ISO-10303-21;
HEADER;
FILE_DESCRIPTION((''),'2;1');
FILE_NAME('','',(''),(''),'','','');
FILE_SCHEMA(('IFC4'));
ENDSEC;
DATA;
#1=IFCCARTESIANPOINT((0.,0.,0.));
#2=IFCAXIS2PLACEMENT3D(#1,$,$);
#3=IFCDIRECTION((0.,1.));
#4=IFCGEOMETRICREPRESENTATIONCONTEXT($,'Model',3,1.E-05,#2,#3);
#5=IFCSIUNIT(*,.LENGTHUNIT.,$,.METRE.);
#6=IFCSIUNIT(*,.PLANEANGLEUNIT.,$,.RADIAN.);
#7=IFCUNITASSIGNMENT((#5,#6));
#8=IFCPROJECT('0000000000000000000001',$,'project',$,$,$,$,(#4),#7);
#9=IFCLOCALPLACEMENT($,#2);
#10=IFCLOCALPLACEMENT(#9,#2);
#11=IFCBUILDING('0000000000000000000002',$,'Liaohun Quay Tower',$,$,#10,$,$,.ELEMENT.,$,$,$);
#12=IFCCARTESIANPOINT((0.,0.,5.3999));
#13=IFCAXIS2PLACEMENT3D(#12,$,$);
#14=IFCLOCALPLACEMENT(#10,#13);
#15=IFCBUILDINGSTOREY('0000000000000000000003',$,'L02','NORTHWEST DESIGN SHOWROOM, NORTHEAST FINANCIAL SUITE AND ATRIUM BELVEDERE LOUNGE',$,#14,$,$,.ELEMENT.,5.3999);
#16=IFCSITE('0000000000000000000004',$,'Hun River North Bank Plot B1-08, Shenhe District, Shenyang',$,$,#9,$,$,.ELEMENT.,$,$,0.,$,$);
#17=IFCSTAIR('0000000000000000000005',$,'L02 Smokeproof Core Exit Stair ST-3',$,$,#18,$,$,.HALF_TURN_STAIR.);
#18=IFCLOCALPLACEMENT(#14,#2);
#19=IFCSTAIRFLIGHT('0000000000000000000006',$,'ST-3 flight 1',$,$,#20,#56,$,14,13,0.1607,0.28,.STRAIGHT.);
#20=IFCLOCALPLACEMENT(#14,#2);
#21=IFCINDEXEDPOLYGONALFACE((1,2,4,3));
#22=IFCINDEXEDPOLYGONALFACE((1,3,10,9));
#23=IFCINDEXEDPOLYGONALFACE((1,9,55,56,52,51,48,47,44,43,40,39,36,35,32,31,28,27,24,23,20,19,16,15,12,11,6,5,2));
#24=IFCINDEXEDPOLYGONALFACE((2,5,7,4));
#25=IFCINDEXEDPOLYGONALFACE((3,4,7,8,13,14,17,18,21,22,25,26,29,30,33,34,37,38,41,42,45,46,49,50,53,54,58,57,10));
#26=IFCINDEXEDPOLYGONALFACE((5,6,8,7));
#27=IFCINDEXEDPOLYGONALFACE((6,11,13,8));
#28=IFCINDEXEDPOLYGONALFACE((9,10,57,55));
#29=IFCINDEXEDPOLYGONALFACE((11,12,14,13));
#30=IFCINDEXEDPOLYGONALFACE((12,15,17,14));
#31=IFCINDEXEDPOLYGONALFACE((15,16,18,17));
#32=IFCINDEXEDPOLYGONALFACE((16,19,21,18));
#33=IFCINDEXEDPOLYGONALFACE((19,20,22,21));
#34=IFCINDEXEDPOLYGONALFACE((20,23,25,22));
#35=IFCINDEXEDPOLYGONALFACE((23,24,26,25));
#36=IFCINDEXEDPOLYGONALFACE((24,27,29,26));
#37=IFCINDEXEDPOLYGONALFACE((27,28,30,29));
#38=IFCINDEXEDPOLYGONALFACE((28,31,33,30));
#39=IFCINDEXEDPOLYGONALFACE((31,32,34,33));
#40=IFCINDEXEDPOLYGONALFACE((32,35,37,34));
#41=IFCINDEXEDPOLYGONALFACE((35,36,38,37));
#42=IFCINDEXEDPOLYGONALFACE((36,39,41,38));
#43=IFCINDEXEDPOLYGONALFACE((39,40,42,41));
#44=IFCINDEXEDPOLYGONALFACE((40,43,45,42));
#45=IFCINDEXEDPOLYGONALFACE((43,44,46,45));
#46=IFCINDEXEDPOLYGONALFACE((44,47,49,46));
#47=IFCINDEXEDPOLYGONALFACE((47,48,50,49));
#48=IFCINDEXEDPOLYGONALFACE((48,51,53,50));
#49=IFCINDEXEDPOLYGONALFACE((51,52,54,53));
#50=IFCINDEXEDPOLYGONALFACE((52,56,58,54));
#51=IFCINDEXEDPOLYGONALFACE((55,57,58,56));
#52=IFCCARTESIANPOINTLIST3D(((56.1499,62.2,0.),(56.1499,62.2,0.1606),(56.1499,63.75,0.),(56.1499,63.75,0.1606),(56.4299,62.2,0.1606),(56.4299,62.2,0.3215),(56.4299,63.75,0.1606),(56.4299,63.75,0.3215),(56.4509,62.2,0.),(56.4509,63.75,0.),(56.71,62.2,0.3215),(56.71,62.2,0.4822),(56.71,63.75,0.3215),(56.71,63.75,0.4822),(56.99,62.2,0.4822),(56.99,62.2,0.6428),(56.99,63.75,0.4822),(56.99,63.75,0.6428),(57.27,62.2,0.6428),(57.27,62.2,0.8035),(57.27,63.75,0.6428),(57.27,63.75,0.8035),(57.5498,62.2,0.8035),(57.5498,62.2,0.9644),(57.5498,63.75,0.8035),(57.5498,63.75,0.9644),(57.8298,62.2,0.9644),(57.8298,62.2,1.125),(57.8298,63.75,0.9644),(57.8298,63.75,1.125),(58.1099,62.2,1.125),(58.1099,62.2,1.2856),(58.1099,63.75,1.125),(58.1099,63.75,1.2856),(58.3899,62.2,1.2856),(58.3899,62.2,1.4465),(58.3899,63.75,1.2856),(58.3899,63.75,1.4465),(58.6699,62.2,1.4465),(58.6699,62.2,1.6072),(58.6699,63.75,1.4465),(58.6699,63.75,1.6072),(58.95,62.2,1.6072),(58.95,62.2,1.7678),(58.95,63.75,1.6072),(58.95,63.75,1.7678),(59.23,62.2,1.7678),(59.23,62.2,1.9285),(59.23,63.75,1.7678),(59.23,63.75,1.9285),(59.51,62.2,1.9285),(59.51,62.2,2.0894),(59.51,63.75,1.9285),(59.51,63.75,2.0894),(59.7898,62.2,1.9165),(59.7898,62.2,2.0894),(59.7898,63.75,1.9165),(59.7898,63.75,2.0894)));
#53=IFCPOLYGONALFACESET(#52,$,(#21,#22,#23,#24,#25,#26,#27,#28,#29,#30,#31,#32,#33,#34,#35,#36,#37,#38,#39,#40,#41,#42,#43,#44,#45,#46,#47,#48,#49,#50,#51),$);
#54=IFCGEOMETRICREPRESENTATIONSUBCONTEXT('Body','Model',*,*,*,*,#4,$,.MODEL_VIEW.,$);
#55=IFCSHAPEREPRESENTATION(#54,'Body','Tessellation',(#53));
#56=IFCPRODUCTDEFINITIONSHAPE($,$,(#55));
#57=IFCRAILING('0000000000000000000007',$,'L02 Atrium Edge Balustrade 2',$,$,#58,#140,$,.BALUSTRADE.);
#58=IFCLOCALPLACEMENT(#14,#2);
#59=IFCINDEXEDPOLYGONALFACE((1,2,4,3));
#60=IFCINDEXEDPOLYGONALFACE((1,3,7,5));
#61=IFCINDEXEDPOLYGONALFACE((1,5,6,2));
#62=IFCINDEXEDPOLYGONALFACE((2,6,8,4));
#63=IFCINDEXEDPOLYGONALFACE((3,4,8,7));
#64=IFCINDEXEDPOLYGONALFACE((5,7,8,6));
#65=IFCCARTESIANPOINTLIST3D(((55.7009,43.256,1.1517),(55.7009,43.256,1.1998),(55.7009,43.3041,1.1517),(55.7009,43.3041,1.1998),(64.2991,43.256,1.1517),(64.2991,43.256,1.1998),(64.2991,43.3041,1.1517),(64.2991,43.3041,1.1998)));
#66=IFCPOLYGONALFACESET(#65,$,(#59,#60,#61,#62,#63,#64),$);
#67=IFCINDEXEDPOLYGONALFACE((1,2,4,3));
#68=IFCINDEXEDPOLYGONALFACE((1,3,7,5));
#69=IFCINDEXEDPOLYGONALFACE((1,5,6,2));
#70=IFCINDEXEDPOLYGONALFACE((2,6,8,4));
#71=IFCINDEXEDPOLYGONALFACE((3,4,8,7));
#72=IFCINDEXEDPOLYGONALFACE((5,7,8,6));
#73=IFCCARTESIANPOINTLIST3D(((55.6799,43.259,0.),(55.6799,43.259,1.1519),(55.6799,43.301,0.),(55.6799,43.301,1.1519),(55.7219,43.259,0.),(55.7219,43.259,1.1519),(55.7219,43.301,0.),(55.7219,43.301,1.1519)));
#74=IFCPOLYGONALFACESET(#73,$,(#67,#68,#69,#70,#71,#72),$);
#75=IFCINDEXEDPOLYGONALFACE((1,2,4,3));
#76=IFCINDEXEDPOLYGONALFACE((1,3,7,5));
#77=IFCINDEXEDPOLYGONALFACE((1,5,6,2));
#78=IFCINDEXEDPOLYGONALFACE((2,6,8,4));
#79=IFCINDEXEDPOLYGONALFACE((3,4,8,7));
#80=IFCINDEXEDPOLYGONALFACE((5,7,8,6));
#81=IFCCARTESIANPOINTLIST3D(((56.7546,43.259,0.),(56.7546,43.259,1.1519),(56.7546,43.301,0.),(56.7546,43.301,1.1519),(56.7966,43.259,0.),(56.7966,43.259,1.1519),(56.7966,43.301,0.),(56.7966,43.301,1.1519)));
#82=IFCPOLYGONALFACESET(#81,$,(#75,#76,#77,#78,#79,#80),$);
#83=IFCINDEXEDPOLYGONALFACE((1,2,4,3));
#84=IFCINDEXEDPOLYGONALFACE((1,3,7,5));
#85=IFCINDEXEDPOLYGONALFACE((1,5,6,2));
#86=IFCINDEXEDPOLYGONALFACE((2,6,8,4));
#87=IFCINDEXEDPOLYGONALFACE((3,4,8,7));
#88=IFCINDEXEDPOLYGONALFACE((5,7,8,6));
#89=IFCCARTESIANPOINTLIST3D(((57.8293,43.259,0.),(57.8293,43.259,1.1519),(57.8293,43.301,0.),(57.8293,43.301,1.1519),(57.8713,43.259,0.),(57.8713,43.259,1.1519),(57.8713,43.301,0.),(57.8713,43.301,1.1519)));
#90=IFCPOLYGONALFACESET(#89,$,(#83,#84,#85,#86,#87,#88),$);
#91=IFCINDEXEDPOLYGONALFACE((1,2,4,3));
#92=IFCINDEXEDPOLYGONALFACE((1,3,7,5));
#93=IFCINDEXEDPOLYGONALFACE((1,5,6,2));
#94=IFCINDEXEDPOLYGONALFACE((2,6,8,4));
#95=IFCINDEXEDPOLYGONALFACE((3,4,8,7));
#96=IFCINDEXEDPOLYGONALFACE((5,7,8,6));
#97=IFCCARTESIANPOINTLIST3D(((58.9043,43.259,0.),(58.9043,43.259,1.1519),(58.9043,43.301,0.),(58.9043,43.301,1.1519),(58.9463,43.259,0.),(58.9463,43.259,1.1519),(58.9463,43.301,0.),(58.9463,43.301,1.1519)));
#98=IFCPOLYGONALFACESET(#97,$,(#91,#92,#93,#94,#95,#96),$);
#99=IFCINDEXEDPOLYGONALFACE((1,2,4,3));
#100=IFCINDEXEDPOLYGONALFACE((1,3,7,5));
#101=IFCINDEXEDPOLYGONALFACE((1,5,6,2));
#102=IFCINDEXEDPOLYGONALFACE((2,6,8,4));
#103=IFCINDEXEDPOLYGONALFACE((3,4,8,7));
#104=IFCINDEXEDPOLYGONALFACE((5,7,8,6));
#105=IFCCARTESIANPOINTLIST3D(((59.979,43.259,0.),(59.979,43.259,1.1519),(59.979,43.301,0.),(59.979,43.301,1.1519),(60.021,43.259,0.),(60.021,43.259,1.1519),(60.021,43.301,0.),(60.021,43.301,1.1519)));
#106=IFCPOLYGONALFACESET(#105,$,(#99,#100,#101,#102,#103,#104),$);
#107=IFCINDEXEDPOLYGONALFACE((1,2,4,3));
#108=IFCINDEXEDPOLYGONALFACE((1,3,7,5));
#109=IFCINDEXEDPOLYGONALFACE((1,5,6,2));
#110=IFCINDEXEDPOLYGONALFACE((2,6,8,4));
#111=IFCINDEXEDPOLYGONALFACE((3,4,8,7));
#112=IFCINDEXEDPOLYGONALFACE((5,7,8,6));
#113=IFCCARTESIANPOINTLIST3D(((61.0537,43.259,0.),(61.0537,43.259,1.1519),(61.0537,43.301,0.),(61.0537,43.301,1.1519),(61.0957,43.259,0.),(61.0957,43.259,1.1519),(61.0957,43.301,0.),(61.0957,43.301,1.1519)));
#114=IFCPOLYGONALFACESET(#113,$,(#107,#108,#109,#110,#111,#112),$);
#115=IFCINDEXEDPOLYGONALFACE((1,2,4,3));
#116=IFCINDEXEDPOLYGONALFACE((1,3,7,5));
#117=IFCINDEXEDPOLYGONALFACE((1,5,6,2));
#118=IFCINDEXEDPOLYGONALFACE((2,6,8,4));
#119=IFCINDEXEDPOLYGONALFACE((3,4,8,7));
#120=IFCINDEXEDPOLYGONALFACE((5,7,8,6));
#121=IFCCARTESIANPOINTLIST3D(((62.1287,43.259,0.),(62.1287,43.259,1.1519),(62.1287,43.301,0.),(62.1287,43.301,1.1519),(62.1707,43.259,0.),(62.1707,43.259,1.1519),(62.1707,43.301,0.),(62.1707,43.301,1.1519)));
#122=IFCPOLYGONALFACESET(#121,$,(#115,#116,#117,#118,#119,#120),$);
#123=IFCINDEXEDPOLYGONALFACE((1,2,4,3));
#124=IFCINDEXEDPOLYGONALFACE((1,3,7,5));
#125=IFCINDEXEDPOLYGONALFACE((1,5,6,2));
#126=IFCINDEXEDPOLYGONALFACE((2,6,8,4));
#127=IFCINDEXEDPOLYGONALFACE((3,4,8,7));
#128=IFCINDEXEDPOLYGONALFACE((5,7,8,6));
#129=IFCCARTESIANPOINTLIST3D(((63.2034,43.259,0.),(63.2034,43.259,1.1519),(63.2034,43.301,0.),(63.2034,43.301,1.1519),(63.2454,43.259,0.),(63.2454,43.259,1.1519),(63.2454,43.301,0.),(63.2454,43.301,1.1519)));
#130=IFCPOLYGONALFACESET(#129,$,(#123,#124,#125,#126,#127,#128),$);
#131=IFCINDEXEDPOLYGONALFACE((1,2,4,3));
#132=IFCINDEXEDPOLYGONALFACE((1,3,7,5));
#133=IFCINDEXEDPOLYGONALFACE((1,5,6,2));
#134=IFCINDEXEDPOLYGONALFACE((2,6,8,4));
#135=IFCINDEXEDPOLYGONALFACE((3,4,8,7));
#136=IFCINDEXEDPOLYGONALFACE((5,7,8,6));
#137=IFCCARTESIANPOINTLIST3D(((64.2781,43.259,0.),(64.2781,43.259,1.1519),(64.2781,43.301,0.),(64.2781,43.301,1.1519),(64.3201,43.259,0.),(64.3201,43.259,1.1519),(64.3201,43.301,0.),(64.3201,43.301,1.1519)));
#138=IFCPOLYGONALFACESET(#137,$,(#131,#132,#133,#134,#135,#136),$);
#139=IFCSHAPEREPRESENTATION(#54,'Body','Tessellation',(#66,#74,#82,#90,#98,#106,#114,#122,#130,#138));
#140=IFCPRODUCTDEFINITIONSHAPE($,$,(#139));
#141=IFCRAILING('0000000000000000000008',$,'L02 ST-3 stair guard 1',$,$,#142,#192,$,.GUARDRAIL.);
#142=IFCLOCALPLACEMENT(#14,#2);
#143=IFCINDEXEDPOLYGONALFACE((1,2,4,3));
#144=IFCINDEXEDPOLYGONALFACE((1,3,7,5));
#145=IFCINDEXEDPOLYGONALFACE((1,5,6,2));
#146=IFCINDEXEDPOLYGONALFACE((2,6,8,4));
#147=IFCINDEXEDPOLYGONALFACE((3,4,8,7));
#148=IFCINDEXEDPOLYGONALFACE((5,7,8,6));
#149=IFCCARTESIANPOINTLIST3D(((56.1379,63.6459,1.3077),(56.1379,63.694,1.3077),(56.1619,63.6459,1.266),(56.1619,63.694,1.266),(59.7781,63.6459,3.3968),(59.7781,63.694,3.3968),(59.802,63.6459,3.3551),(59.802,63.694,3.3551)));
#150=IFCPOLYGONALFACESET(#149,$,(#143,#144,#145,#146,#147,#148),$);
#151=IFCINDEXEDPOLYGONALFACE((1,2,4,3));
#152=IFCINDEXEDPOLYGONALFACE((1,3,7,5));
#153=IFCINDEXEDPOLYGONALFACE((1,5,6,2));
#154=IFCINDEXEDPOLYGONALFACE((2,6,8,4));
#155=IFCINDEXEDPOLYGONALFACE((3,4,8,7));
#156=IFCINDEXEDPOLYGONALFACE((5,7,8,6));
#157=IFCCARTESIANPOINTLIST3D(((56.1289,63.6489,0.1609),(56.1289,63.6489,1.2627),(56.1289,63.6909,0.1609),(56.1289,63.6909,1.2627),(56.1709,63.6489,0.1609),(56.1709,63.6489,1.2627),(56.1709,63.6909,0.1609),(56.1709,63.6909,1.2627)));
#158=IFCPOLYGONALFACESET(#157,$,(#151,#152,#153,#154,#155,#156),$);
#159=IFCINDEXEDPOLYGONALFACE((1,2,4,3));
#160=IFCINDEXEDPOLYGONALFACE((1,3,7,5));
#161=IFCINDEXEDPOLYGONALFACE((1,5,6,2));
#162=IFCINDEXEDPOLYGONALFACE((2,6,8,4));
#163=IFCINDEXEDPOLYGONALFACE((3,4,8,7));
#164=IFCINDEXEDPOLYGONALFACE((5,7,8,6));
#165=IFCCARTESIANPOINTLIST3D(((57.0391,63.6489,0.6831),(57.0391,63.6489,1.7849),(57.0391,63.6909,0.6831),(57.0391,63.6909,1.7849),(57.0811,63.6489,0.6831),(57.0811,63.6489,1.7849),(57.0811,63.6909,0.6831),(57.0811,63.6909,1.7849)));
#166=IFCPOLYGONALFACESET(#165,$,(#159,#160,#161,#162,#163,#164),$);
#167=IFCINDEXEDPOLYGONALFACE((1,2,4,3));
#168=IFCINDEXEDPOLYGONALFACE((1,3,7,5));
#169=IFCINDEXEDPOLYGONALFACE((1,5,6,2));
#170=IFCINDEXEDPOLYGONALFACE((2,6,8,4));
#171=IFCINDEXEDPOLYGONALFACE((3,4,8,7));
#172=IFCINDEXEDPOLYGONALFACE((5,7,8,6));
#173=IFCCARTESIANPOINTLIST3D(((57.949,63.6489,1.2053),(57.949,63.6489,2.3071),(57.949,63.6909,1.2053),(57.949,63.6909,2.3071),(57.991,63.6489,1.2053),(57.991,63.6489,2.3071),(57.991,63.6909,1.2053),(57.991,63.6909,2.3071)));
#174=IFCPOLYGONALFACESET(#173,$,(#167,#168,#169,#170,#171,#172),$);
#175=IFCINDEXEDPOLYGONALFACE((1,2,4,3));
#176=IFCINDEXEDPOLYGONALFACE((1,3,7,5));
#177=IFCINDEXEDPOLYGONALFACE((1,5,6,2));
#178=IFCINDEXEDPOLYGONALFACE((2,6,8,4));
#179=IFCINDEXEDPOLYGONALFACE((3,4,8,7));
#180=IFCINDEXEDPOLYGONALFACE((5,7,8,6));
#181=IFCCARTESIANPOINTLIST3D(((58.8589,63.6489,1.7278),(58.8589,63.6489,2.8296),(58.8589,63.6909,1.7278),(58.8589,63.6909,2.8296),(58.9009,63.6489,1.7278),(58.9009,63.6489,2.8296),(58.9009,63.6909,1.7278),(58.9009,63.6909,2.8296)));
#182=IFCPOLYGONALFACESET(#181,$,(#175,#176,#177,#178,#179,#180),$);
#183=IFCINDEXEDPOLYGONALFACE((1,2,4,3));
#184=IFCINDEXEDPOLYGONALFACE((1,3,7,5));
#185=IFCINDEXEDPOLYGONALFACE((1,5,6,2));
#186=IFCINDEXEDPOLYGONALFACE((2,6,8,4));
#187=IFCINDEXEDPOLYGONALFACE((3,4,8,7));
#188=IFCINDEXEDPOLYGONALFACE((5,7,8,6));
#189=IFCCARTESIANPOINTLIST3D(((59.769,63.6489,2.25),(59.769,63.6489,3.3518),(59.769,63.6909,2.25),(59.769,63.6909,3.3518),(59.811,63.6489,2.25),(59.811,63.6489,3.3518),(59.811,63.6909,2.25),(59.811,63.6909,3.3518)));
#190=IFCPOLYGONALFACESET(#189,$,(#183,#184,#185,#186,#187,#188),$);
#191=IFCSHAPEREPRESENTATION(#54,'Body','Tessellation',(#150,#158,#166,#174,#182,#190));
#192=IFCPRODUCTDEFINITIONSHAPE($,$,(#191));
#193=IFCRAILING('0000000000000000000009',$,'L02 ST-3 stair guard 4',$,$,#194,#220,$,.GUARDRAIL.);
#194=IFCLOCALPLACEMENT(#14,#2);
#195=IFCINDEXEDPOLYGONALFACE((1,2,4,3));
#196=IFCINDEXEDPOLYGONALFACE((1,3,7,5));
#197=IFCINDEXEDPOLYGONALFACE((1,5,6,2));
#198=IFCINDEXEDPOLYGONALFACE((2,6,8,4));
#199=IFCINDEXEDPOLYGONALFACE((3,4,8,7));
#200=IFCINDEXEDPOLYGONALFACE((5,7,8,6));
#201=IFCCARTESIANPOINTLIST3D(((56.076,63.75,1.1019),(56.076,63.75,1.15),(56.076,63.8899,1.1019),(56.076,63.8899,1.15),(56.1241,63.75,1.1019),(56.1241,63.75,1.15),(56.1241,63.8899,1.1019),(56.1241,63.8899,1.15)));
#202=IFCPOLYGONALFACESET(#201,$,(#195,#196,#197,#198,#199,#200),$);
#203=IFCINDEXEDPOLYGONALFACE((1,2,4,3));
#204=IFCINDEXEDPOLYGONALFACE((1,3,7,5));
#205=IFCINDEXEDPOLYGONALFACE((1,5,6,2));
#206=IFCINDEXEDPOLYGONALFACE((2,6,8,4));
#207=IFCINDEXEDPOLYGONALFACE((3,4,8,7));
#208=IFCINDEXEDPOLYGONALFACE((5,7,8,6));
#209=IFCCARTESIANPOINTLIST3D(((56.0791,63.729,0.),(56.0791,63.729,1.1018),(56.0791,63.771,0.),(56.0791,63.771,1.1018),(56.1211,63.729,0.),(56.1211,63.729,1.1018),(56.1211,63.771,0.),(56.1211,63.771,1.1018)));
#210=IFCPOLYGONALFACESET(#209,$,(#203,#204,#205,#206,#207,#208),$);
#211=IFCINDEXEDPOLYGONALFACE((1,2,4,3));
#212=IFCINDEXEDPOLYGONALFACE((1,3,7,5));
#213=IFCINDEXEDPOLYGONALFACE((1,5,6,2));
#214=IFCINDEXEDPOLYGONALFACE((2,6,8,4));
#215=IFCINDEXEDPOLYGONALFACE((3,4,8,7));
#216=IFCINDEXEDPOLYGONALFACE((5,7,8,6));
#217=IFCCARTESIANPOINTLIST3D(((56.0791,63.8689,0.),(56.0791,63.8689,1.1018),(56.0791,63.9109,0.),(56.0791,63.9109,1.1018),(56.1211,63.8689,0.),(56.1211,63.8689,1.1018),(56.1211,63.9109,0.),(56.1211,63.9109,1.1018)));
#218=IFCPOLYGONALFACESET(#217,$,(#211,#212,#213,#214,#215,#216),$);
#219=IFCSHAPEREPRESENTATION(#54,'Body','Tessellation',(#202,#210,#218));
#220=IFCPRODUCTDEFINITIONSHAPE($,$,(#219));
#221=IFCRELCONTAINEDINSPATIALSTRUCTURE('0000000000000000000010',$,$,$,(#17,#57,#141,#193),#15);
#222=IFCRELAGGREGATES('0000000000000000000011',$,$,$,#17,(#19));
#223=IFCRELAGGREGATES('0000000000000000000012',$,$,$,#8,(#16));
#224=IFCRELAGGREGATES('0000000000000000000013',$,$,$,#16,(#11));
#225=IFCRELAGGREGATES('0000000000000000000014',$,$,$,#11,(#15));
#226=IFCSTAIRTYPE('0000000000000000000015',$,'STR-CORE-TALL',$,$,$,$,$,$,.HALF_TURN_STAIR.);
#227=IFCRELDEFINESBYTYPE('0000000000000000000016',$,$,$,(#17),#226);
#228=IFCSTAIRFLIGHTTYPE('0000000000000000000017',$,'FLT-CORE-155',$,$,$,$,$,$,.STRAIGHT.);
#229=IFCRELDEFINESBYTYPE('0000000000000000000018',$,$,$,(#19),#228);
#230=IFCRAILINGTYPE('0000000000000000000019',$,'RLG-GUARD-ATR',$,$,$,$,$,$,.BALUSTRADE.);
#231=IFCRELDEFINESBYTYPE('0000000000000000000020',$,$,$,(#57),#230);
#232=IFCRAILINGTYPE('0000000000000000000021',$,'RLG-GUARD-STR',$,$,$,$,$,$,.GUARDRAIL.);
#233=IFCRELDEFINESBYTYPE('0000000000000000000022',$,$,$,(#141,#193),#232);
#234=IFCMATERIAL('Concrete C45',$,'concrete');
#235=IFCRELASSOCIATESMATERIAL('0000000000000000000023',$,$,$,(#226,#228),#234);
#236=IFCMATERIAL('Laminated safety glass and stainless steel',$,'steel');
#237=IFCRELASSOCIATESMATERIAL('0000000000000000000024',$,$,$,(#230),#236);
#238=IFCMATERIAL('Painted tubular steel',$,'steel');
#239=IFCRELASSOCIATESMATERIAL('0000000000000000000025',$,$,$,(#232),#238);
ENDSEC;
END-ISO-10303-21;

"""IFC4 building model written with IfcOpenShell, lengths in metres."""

from ifc_helpers import new_model, si_unit, direction, frame, origin, origin_2d, place, context, subcontext, project, spatial, polyline, rectangle, outline, extrude, material, type_object, element, aggregate, save


model = new_model("IFC4")

# Units and contexts
model_context = context("Model", 3, precision=1e-05, world=origin(), true_north=direction((0.0, 1.0)))
body_context = subcontext(model_context, "Body", "Model", "MODEL_VIEW")
ifc_project = project(units=[si_unit("LENGTHUNIT", "METRE"), si_unit("PLANEANGLEUNIT", "RADIAN")], contexts=[model_context])

# Site, building, storey
site_placement = place(None, origin())
site = spatial("IfcSite", under=ifc_project, at=site_placement, Name="Hun River North Bank Plot B1-08, Shenhe District, Shenyang", CompositionType="ELEMENT", RefElevation=0.0)
building_placement = place(site_placement, origin())
building = spatial("IfcBuilding", under=site, at=building_placement, Name="Liaohun Quay Tower", CompositionType="ELEMENT")
storey_placement = place(building_placement, frame((0.0, 0.0, 5.3999)))
storey = spatial("IfcBuildingStorey", under=building, at=storey_placement, Name="L02", Description="NORTHWEST DESIGN SHOWROOM, NORTHEAST FINANCIAL SUITE AND ATRIUM BELVEDERE LOUNGE", CompositionType="ELEMENT", Elevation=5.3999)

# Stair, stair flight
ifc_material_1 = material(Name="Concrete C45", Category="concrete")
stair_type = type_object("IfcStairType", Name="STR-CORE-TALL", PredefinedType="HALF_TURN_STAIR", material=ifc_material_1)
stair_placement = place(storey_placement, origin())
stair = element("IfcStair", 1, at=stair_placement, inside=storey, type_object=stair_type, Name="L02 Smokeproof Core Exit Stair ST-3", PredefinedType="HALF_TURN_STAIR")
stair_flight_type = type_object("IfcStairFlightType", Name="FLT-CORE-155", PredefinedType="STRAIGHT", material=ifc_material_1)
stair_flight_placement = place(storey_placement, frame((56.1499, 62.9751, 0.0), z_axis=(0.0, 0.0, 1.0), x_axis=(1.0, 0.0, 0.0)))
stair_flight = element("IfcStairFlight", 2, at=stair_flight_placement, type_object=stair_flight_type, Name="ST-3 flight 1", NumberOfRisers=14, NumberOfTreads=13, PredefinedType="STRAIGHT", RiserHeight=0.1607, TreadLength=0.28, context=body_context, shape_type="SweptSolid", body=[
    extrude(outline(polyline([(0.0, 0.0), (0.0, 0.1606), (0.28, 0.1606), (0.28, 0.3215), (0.5601, 0.3215), (0.5601, 0.4822), (0.8401, 0.4822), (0.8401, 0.6428), (1.1201, 0.6428), (1.1201, 0.8035), (1.3999, 0.8035), (1.3999, 0.9644), (1.6799, 0.9644), (1.6799, 1.125), (1.96, 1.125), (1.96, 1.2856), (2.24, 1.2856), (2.24, 1.4465), (2.52, 1.4465), (2.52, 1.6072), (2.8, 1.6072), (2.8, 1.7678), (3.0801, 1.7678), (3.0801, 1.9285), (3.3601, 1.9285), (3.3601, 2.0894), (3.6399, 2.0894), (3.6399, 2.25), (3.6399, 1.9165), (0.301, 0.0), (0.0, 0.0)])), frame((0.0, 0.7749, 0.0), z_axis=(0.0, -1.0, 0.0), x_axis=(1.0, 0.0, 0.0)), (0.0, 0.0, 1.0), 1.55),
])
aggregate(stair, [stair_flight])

# Railings
ifc_material_2 = material(Name="Laminated safety glass and stainless steel", Category="steel")
railing_type_1 = type_object("IfcRailingType", Name="RLG-GUARD-ATR", PredefinedType="BALUSTRADE", material=ifc_material_2)
railing_1_placement = place(storey_placement, frame((55.7009, 43.28, 0.0)))
element("IfcRailing", 3, at=railing_1_placement, inside=storey, type_object=railing_type_1, Name="L02 Atrium Edge Balustrade 2", PredefinedType="BALUSTRADE", context=body_context, shape_type="SweptSolid", body=[
    extrude(rectangle(XDim=0.0481, YDim=0.0481, at=origin_2d()), frame((0.0, 0.0, 1.1758), z_axis=(1.0, 0.0, 0.0), x_axis=(0.0, 1.0, 0.0)), (0.0, 0.0, 1.0), 8.5981),
    extrude(rectangle(XDim=0.042, YDim=0.042, at=origin_2d()), origin(), (0.0, 0.0, 1.0), 1.1519),
    extrude(rectangle(XDim=0.042, YDim=0.042, at=origin_2d()), frame((1.0747, 0.0, 0.0)), (0.0, 0.0, 1.0), 1.1519),
    extrude(rectangle(XDim=0.042, YDim=0.042, at=origin_2d()), frame((2.1494, 0.0, 0.0)), (0.0, 0.0, 1.0), 1.1519),
    extrude(rectangle(XDim=0.042, YDim=0.042, at=origin_2d()), frame((3.2244, 0.0, 0.0)), (0.0, 0.0, 1.0), 1.1519),
    extrude(rectangle(XDim=0.042, YDim=0.042, at=origin_2d()), frame((4.2991, 0.0, 0.0)), (0.0, 0.0, 1.0), 1.1519),
    extrude(rectangle(XDim=0.042, YDim=0.042, at=origin_2d()), frame((5.3738, 0.0, 0.0)), (0.0, 0.0, 1.0), 1.1519),
    extrude(rectangle(XDim=0.042, YDim=0.042, at=origin_2d()), frame((6.4487, 0.0, 0.0)), (0.0, 0.0, 1.0), 1.1519),
    extrude(rectangle(XDim=0.042, YDim=0.042, at=origin_2d()), frame((7.5234, 0.0, 0.0)), (0.0, 0.0, 1.0), 1.1519),
    extrude(rectangle(XDim=0.042, YDim=0.042, at=origin_2d()), frame((8.5981, 0.0, 0.0)), (0.0, 0.0, 1.0), 1.1519),
])
ifc_material_3 = material(Name="Painted tubular steel", Category="steel")
railing_type_2 = type_object("IfcRailingType", Name="RLG-GUARD-STR", PredefinedType="GUARDRAIL", material=ifc_material_3)
railing_2_placement = place(storey_placement, frame((56.1499, 63.6699, 0.1609)))
element("IfcRailing", 4, at=railing_2_placement, inside=storey, type_object=railing_type_2, Name="L02 ST-3 stair guard 1", PredefinedType="GUARDRAIL", context=body_context, shape_type="SweptSolid", body=[
    extrude(rectangle(XDim=0.0481, YDim=0.0481, at=origin_2d()), frame((0.0, 0.0, 1.126), z_axis=(0.867314, 0.0, 0.497761), x_axis=(0.0, 1.0, 0.0)), (0.0, 0.0, 1.0), 4.197),
    extrude(rectangle(XDim=0.042, YDim=0.042, at=origin_2d()), origin(), (0.0, 0.0, 1.0), 1.1018),
    extrude(rectangle(XDim=0.042, YDim=0.042, at=origin_2d()), frame((0.9102, 0.0, 0.5222)), (0.0, 0.0, 1.0), 1.1018),
    extrude(rectangle(XDim=0.042, YDim=0.042, at=origin_2d()), frame((1.8201, 0.0, 1.0444)), (0.0, 0.0, 1.0), 1.1018),
    extrude(rectangle(XDim=0.042, YDim=0.042, at=origin_2d()), frame((2.73, 0.0, 1.5669)), (0.0, 0.0, 1.0), 1.1018),
    extrude(rectangle(XDim=0.042, YDim=0.042, at=origin_2d()), frame((3.6401, 0.0, 2.0891)), (0.0, 0.0, 1.0), 1.1018),
])
railing_3_placement = place(storey_placement, frame((56.1001, 63.75, 0.0)))
element("IfcRailing", 5, at=railing_3_placement, inside=storey, type_object=railing_type_2, Name="L02 ST-3 stair guard 4", PredefinedType="GUARDRAIL", context=body_context, shape_type="SweptSolid", body=[
    extrude(rectangle(XDim=0.0481, YDim=0.0481, at=origin_2d()), frame((0.0, 0.0, 1.126), z_axis=(0.0, 1.0, 0.0), x_axis=(-1.0, 0.0, 0.0)), (0.0, 0.0, 1.0), 0.1399),
    extrude(rectangle(XDim=0.042, YDim=0.042, at=origin_2d()), origin(), (0.0, 0.0, 1.0), 1.1018),
    extrude(rectangle(XDim=0.042, YDim=0.042, at=origin_2d()), frame((0.0, 0.1399, 0.0)), (0.0, 0.0, 1.0), 1.1018),
])

save(model, "model.ifc")
